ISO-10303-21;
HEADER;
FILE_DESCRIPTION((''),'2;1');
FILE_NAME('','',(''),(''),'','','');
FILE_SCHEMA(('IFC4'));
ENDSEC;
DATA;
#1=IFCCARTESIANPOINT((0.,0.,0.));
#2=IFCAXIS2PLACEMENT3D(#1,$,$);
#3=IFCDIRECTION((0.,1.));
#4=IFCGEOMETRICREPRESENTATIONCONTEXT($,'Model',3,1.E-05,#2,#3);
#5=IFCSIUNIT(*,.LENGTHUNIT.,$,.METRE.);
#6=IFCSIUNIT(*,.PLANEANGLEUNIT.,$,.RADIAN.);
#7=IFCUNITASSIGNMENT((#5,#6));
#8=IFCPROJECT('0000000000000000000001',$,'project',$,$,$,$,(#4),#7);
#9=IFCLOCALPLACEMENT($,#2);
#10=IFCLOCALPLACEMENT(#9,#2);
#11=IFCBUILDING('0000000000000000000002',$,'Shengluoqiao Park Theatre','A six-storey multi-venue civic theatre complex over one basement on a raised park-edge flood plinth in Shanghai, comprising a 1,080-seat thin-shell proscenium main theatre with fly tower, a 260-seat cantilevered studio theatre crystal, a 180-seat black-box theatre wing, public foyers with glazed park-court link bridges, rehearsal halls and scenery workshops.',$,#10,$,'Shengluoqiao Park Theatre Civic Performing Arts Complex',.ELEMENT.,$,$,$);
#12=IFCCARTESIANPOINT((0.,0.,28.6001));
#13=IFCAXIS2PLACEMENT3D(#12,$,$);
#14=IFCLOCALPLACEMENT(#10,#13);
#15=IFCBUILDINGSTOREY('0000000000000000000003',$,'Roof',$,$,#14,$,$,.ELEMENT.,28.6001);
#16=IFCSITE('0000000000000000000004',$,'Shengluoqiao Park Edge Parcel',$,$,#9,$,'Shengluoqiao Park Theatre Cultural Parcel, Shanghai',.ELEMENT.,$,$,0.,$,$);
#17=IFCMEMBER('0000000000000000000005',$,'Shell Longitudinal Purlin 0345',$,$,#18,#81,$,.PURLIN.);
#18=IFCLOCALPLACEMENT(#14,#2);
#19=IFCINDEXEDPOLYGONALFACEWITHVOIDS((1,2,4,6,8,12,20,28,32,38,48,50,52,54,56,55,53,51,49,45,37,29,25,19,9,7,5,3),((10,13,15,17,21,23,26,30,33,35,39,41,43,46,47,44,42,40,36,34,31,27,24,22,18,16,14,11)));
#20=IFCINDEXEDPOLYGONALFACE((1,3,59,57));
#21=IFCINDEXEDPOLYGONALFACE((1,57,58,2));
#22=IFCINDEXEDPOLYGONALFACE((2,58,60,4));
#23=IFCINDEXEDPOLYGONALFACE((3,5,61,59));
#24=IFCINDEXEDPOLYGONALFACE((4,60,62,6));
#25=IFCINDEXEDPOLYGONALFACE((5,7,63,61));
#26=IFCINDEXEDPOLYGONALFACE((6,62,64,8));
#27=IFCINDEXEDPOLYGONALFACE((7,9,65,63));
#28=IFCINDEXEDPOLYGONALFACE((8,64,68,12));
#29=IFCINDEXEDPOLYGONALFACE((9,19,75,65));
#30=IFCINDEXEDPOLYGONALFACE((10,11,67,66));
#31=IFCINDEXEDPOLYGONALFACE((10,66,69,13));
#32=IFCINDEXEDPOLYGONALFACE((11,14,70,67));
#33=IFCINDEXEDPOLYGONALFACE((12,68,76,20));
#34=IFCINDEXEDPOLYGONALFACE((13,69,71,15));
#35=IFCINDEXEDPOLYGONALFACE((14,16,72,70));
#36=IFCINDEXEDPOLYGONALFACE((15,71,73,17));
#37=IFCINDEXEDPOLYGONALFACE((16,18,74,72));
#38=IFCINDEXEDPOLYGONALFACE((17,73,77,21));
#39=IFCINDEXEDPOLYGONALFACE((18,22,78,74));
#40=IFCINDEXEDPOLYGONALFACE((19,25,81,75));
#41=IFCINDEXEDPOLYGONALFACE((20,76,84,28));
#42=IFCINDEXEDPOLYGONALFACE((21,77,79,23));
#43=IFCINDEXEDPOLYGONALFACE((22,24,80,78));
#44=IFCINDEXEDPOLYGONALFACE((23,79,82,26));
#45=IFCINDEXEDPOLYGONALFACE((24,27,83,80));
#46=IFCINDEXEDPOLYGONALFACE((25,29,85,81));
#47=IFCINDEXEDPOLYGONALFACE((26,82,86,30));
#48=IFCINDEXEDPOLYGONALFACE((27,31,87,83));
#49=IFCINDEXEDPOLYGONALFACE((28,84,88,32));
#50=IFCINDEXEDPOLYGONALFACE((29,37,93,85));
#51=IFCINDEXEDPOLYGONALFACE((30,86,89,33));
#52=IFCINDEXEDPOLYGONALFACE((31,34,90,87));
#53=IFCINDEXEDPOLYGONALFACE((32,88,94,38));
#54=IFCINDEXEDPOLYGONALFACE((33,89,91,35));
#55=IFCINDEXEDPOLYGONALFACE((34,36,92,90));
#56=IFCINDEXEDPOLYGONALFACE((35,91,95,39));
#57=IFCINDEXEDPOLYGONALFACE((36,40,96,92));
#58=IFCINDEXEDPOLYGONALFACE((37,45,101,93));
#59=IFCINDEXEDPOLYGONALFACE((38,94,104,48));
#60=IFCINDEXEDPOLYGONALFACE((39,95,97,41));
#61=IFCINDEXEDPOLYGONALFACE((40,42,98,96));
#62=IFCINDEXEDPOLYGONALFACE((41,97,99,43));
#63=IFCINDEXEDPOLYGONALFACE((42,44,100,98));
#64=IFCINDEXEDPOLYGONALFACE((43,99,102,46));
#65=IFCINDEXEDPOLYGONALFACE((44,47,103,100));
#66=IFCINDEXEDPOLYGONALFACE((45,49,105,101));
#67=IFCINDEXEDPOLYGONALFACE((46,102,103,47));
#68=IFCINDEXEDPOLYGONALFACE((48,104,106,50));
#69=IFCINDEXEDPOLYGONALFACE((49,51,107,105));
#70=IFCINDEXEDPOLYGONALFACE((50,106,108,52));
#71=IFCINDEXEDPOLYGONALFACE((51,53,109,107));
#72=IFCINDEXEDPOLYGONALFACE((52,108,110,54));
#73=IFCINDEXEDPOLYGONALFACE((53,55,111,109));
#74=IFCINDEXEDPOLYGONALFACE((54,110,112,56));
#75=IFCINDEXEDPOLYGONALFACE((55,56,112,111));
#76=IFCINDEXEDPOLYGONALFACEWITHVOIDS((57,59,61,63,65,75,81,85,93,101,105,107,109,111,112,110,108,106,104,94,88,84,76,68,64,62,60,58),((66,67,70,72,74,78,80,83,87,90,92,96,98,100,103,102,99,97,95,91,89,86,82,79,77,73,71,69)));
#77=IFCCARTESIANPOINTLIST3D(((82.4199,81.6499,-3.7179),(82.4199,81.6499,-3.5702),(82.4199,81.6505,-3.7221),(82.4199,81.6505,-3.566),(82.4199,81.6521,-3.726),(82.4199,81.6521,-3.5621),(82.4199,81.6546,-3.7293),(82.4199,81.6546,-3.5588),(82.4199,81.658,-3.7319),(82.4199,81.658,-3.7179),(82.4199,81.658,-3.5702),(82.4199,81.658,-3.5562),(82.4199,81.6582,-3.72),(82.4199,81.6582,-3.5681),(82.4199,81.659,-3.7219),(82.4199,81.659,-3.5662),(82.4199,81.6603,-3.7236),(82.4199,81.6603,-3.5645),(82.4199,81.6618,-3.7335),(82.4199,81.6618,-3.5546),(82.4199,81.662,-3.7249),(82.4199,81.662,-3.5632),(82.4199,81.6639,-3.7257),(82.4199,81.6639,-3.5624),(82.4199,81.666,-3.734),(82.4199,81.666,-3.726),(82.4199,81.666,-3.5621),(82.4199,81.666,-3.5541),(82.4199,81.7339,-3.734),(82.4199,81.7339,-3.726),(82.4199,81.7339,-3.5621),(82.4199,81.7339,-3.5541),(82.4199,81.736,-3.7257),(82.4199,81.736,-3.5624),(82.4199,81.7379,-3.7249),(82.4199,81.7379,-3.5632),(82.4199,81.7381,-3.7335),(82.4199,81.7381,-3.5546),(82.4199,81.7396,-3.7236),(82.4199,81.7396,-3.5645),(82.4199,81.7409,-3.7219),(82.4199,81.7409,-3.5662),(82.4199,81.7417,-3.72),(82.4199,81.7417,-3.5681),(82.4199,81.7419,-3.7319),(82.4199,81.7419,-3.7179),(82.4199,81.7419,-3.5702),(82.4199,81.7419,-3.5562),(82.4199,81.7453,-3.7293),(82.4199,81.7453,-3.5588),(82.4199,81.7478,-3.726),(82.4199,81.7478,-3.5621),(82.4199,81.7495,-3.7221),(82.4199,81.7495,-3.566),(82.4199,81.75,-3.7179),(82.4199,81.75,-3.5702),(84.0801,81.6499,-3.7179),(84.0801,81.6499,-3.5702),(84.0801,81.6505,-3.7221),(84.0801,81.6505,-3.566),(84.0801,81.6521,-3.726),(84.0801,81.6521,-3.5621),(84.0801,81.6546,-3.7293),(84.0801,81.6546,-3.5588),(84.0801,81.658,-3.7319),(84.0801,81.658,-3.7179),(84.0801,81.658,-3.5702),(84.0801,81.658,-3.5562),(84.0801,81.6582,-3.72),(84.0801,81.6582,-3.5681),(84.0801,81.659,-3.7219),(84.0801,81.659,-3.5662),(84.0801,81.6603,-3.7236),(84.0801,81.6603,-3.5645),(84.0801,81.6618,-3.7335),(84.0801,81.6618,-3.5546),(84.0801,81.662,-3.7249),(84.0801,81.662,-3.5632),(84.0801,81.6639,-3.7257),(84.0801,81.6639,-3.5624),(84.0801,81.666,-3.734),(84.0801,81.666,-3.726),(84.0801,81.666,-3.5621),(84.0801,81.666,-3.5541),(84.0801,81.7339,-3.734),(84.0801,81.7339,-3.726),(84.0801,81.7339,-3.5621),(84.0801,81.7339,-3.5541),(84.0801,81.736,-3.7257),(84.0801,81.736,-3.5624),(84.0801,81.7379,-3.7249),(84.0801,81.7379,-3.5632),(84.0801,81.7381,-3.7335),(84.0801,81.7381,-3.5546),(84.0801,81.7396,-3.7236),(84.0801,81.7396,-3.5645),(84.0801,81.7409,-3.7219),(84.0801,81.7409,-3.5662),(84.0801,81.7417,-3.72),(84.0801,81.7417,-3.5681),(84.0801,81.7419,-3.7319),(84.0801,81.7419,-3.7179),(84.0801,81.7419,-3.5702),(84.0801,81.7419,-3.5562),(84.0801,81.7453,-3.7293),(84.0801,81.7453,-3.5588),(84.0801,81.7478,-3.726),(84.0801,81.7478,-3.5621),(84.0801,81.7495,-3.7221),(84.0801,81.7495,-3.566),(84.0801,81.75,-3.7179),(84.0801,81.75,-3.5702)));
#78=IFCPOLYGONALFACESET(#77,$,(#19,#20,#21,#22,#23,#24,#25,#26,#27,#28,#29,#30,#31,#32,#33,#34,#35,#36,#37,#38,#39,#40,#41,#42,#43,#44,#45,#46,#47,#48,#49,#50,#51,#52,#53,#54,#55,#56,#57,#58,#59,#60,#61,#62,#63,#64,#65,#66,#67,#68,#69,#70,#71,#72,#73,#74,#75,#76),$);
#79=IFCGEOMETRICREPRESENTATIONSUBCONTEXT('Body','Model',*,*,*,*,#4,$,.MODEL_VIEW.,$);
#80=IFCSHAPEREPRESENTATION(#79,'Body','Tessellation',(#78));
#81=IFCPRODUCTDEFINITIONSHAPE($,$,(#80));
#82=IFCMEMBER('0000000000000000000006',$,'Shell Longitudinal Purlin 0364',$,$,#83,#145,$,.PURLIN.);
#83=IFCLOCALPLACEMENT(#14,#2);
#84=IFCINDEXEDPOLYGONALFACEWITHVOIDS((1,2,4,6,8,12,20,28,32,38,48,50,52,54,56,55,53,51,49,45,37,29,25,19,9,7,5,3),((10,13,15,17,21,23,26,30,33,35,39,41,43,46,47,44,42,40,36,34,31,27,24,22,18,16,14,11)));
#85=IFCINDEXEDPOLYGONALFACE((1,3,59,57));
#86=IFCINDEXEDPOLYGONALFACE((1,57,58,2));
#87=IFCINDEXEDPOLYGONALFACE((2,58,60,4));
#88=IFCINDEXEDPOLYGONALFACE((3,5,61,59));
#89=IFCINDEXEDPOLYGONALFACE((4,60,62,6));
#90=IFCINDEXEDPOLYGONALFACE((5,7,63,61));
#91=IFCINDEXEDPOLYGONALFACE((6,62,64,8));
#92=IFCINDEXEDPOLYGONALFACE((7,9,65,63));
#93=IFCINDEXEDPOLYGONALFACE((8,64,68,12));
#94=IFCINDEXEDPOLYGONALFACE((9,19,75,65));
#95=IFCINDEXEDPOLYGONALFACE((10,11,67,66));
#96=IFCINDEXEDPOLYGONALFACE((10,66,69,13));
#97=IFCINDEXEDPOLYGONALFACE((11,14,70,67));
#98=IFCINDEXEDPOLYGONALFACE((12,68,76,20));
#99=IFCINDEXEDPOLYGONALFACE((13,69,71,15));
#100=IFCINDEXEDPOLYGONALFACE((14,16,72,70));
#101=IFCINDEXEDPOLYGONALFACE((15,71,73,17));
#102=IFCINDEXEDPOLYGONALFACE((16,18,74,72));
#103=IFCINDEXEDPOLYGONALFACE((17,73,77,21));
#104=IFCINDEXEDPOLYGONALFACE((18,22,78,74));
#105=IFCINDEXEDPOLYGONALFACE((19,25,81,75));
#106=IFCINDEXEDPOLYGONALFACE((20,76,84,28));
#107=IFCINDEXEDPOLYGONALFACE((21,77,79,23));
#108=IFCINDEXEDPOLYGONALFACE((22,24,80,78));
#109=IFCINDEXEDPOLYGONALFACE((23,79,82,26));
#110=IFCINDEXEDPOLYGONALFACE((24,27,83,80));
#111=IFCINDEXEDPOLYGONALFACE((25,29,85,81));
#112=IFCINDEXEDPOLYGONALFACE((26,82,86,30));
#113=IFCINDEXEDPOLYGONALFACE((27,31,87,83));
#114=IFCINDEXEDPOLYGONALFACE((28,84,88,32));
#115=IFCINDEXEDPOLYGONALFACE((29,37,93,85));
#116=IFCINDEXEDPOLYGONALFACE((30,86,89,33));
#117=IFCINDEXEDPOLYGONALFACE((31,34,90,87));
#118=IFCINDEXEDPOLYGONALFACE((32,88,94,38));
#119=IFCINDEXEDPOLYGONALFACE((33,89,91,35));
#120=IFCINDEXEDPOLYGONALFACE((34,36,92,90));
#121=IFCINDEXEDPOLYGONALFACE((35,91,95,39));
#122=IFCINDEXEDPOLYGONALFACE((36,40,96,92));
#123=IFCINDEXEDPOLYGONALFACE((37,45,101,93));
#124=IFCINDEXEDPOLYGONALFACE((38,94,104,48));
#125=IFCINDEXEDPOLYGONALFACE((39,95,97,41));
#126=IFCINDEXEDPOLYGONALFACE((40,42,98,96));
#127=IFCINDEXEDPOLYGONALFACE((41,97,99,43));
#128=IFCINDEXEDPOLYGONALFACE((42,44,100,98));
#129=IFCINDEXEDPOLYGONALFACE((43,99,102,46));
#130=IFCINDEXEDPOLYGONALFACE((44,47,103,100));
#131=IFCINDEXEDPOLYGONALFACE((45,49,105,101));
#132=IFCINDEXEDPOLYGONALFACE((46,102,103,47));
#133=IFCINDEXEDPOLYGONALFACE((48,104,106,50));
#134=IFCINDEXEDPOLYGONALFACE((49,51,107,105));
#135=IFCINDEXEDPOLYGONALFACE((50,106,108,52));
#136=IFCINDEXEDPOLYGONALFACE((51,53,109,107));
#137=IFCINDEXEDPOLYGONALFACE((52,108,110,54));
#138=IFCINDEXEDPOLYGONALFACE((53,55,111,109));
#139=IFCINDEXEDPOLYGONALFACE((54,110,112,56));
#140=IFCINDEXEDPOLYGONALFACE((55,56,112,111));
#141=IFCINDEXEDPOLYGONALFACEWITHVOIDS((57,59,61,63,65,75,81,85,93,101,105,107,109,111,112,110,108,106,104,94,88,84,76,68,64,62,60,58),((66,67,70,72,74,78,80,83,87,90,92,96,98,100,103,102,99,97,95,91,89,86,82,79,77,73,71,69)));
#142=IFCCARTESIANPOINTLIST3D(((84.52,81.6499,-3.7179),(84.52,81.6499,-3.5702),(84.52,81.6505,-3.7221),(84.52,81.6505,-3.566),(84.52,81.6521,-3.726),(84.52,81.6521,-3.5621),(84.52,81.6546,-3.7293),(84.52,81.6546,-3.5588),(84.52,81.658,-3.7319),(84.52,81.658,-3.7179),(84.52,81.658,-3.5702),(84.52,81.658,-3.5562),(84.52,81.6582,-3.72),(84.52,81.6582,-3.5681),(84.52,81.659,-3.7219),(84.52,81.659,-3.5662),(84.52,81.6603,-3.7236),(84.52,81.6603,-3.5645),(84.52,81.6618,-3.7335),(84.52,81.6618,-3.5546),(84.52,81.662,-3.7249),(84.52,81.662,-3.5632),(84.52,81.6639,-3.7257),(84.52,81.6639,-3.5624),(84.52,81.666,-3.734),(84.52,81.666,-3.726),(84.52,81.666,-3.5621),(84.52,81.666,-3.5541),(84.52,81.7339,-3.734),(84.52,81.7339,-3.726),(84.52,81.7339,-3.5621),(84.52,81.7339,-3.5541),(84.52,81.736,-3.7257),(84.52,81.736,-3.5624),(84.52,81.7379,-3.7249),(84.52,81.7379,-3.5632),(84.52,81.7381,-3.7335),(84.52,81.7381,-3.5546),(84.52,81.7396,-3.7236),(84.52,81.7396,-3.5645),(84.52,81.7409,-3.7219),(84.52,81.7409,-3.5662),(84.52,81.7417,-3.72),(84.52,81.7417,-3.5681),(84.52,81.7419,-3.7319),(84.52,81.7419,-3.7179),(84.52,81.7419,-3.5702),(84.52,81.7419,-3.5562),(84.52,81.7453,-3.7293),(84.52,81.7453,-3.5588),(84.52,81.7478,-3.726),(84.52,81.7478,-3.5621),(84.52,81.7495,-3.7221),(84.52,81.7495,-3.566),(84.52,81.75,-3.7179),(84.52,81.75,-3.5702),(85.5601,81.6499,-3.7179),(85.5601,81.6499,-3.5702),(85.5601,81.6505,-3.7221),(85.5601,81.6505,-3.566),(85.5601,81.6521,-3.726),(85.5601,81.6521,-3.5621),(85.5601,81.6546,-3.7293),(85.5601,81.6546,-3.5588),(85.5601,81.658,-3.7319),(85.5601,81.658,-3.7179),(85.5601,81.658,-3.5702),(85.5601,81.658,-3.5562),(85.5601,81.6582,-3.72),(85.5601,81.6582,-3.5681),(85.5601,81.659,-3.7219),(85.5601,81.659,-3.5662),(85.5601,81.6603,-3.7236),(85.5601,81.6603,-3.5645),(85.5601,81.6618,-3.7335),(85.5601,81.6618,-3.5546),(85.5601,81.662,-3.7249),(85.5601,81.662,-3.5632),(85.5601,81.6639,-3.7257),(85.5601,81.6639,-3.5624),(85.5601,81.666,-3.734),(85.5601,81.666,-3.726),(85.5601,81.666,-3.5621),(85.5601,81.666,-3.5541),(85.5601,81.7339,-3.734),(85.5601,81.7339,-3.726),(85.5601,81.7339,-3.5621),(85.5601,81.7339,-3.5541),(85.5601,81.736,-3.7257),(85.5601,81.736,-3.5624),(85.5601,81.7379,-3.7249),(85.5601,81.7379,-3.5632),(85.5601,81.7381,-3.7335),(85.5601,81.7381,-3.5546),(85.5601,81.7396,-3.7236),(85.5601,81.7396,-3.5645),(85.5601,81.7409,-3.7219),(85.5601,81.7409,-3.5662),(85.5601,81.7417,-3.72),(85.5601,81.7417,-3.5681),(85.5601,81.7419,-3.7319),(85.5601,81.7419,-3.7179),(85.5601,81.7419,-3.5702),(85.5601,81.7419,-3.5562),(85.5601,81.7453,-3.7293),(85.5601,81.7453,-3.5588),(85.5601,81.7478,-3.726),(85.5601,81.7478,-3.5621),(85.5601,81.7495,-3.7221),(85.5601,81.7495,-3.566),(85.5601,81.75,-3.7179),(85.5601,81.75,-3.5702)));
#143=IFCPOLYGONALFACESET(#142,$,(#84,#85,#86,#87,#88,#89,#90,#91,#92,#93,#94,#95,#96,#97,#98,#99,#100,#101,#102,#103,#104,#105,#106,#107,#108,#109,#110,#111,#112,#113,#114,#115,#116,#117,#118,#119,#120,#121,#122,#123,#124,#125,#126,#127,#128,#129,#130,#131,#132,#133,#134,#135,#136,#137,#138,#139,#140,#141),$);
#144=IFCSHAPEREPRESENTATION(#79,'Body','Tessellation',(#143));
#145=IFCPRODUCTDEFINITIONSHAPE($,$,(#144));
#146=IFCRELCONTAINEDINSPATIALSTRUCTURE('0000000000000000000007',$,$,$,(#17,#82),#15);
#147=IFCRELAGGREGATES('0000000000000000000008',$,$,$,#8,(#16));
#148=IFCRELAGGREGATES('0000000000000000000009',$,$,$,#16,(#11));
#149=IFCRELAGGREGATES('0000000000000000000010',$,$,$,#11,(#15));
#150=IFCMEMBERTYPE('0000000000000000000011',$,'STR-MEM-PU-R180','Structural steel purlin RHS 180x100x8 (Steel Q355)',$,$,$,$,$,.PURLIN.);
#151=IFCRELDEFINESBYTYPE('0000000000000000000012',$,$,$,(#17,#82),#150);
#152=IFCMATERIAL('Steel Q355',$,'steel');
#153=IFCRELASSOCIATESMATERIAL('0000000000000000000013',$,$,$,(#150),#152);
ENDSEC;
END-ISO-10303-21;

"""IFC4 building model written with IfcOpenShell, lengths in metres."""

from ifc_helpers import new_model, si_unit, direction, frame, origin, origin_2d, place, context, subcontext, project, spatial, hollow_rectangle, extrude, material, material_profile, profile_set, type_object, element, save


model = new_model("IFC4")

# Units and contexts
model_context = context("Model", 3, precision=1e-05, world=origin(), true_north=direction((0.0, 1.0)))
body_context = subcontext(model_context, "Body", "Model", "MODEL_VIEW")
ifc_project = project(units=[si_unit("LENGTHUNIT", "METRE"), si_unit("PLANEANGLEUNIT", "RADIAN")], contexts=[model_context])

# Site, building, storey
site_placement = place(None, origin())
site = spatial("IfcSite", under=ifc_project, at=site_placement, Name="Shengluoqiao Park Edge Parcel", LongName="Shengluoqiao Park Theatre Cultural Parcel, Shanghai", CompositionType="ELEMENT", RefElevation=0.0)
building_placement = place(site_placement, origin())
building = spatial("IfcBuilding", under=site, at=building_placement, Name="Shengluoqiao Park Theatre", Description="A six-storey multi-venue civic theatre complex over one basement on a raised park-edge flood plinth in Shanghai, comprising a 1,080-seat thin-shell proscenium main theatre with fly tower, a 260-seat cantilevered studio theatre crystal, a 180-seat black-box theatre wing, public foyers with glazed park-court link bridges, rehearsal halls and scenery workshops.", LongName="Shengluoqiao Park Theatre Civic Performing Arts Complex", CompositionType="ELEMENT")
storey_placement = place(building_placement, frame((0.0, 0.0, 28.6001)))
storey = spatial("IfcBuildingStorey", under=building, at=storey_placement, Name="Roof", CompositionType="ELEMENT", Elevation=28.6001)

# Shared definitions
ifc_material_1 = material(Name="Steel Q355", Category="steel")

# Members
ifc_material_profile_1 = material_profile(ifc_material_1, hollow_rectangle(XDim=0.1001, YDim=0.1799, WallThickness=0.0081, InnerFilletRadius=0.0081, OuterFilletRadius=0.0161, at=origin_2d()), Name="RHS 180x100x8")
ifc_profile_set_1 = profile_set([ifc_material_profile_1], Name="Steel Q355")
member_type_1 = type_object("IfcMemberType", Name="STR-MEM-PU-R180", Description="Structural steel purlin RHS 180x100x8 (Steel Q355)", PredefinedType="PURLIN", material=ifc_profile_set_1)
member_1_placement = place(storey_placement, frame((82.4199, 81.7, -3.644), z_axis=(1.0, 0.0, 0.0), x_axis=(0.0, 1.0, 0.0)))
element("IfcMember", 1, at=member_1_placement, inside=storey, type_object=member_type_1, Name="Shell Longitudinal Purlin 0345", PredefinedType="PURLIN", context=body_context, shape_type="SweptSolid", body=[
    extrude(hollow_rectangle(XDim=0.1001, YDim=0.1799, WallThickness=0.0081, InnerFilletRadius=0.0081, OuterFilletRadius=0.0161, at=origin_2d()), origin(), (0.0, 0.0, 1.0), 1.6602),
])
member_2_placement = place(storey_placement, frame((84.52, 81.7, -3.644), z_axis=(1.0, 0.0, 0.0), x_axis=(0.0, 1.0, 0.0)))
element("IfcMember", 2, at=member_2_placement, inside=storey, type_object=member_type_1, Name="Shell Longitudinal Purlin 0364", PredefinedType="PURLIN", context=body_context, shape_type="SweptSolid", body=[
    extrude(hollow_rectangle(XDim=0.1001, YDim=0.1799, WallThickness=0.0081, InnerFilletRadius=0.0081, OuterFilletRadius=0.0161, at=origin_2d()), origin(), (0.0, 0.0, 1.0), 1.04),
])

save(model, "model.ifc")
